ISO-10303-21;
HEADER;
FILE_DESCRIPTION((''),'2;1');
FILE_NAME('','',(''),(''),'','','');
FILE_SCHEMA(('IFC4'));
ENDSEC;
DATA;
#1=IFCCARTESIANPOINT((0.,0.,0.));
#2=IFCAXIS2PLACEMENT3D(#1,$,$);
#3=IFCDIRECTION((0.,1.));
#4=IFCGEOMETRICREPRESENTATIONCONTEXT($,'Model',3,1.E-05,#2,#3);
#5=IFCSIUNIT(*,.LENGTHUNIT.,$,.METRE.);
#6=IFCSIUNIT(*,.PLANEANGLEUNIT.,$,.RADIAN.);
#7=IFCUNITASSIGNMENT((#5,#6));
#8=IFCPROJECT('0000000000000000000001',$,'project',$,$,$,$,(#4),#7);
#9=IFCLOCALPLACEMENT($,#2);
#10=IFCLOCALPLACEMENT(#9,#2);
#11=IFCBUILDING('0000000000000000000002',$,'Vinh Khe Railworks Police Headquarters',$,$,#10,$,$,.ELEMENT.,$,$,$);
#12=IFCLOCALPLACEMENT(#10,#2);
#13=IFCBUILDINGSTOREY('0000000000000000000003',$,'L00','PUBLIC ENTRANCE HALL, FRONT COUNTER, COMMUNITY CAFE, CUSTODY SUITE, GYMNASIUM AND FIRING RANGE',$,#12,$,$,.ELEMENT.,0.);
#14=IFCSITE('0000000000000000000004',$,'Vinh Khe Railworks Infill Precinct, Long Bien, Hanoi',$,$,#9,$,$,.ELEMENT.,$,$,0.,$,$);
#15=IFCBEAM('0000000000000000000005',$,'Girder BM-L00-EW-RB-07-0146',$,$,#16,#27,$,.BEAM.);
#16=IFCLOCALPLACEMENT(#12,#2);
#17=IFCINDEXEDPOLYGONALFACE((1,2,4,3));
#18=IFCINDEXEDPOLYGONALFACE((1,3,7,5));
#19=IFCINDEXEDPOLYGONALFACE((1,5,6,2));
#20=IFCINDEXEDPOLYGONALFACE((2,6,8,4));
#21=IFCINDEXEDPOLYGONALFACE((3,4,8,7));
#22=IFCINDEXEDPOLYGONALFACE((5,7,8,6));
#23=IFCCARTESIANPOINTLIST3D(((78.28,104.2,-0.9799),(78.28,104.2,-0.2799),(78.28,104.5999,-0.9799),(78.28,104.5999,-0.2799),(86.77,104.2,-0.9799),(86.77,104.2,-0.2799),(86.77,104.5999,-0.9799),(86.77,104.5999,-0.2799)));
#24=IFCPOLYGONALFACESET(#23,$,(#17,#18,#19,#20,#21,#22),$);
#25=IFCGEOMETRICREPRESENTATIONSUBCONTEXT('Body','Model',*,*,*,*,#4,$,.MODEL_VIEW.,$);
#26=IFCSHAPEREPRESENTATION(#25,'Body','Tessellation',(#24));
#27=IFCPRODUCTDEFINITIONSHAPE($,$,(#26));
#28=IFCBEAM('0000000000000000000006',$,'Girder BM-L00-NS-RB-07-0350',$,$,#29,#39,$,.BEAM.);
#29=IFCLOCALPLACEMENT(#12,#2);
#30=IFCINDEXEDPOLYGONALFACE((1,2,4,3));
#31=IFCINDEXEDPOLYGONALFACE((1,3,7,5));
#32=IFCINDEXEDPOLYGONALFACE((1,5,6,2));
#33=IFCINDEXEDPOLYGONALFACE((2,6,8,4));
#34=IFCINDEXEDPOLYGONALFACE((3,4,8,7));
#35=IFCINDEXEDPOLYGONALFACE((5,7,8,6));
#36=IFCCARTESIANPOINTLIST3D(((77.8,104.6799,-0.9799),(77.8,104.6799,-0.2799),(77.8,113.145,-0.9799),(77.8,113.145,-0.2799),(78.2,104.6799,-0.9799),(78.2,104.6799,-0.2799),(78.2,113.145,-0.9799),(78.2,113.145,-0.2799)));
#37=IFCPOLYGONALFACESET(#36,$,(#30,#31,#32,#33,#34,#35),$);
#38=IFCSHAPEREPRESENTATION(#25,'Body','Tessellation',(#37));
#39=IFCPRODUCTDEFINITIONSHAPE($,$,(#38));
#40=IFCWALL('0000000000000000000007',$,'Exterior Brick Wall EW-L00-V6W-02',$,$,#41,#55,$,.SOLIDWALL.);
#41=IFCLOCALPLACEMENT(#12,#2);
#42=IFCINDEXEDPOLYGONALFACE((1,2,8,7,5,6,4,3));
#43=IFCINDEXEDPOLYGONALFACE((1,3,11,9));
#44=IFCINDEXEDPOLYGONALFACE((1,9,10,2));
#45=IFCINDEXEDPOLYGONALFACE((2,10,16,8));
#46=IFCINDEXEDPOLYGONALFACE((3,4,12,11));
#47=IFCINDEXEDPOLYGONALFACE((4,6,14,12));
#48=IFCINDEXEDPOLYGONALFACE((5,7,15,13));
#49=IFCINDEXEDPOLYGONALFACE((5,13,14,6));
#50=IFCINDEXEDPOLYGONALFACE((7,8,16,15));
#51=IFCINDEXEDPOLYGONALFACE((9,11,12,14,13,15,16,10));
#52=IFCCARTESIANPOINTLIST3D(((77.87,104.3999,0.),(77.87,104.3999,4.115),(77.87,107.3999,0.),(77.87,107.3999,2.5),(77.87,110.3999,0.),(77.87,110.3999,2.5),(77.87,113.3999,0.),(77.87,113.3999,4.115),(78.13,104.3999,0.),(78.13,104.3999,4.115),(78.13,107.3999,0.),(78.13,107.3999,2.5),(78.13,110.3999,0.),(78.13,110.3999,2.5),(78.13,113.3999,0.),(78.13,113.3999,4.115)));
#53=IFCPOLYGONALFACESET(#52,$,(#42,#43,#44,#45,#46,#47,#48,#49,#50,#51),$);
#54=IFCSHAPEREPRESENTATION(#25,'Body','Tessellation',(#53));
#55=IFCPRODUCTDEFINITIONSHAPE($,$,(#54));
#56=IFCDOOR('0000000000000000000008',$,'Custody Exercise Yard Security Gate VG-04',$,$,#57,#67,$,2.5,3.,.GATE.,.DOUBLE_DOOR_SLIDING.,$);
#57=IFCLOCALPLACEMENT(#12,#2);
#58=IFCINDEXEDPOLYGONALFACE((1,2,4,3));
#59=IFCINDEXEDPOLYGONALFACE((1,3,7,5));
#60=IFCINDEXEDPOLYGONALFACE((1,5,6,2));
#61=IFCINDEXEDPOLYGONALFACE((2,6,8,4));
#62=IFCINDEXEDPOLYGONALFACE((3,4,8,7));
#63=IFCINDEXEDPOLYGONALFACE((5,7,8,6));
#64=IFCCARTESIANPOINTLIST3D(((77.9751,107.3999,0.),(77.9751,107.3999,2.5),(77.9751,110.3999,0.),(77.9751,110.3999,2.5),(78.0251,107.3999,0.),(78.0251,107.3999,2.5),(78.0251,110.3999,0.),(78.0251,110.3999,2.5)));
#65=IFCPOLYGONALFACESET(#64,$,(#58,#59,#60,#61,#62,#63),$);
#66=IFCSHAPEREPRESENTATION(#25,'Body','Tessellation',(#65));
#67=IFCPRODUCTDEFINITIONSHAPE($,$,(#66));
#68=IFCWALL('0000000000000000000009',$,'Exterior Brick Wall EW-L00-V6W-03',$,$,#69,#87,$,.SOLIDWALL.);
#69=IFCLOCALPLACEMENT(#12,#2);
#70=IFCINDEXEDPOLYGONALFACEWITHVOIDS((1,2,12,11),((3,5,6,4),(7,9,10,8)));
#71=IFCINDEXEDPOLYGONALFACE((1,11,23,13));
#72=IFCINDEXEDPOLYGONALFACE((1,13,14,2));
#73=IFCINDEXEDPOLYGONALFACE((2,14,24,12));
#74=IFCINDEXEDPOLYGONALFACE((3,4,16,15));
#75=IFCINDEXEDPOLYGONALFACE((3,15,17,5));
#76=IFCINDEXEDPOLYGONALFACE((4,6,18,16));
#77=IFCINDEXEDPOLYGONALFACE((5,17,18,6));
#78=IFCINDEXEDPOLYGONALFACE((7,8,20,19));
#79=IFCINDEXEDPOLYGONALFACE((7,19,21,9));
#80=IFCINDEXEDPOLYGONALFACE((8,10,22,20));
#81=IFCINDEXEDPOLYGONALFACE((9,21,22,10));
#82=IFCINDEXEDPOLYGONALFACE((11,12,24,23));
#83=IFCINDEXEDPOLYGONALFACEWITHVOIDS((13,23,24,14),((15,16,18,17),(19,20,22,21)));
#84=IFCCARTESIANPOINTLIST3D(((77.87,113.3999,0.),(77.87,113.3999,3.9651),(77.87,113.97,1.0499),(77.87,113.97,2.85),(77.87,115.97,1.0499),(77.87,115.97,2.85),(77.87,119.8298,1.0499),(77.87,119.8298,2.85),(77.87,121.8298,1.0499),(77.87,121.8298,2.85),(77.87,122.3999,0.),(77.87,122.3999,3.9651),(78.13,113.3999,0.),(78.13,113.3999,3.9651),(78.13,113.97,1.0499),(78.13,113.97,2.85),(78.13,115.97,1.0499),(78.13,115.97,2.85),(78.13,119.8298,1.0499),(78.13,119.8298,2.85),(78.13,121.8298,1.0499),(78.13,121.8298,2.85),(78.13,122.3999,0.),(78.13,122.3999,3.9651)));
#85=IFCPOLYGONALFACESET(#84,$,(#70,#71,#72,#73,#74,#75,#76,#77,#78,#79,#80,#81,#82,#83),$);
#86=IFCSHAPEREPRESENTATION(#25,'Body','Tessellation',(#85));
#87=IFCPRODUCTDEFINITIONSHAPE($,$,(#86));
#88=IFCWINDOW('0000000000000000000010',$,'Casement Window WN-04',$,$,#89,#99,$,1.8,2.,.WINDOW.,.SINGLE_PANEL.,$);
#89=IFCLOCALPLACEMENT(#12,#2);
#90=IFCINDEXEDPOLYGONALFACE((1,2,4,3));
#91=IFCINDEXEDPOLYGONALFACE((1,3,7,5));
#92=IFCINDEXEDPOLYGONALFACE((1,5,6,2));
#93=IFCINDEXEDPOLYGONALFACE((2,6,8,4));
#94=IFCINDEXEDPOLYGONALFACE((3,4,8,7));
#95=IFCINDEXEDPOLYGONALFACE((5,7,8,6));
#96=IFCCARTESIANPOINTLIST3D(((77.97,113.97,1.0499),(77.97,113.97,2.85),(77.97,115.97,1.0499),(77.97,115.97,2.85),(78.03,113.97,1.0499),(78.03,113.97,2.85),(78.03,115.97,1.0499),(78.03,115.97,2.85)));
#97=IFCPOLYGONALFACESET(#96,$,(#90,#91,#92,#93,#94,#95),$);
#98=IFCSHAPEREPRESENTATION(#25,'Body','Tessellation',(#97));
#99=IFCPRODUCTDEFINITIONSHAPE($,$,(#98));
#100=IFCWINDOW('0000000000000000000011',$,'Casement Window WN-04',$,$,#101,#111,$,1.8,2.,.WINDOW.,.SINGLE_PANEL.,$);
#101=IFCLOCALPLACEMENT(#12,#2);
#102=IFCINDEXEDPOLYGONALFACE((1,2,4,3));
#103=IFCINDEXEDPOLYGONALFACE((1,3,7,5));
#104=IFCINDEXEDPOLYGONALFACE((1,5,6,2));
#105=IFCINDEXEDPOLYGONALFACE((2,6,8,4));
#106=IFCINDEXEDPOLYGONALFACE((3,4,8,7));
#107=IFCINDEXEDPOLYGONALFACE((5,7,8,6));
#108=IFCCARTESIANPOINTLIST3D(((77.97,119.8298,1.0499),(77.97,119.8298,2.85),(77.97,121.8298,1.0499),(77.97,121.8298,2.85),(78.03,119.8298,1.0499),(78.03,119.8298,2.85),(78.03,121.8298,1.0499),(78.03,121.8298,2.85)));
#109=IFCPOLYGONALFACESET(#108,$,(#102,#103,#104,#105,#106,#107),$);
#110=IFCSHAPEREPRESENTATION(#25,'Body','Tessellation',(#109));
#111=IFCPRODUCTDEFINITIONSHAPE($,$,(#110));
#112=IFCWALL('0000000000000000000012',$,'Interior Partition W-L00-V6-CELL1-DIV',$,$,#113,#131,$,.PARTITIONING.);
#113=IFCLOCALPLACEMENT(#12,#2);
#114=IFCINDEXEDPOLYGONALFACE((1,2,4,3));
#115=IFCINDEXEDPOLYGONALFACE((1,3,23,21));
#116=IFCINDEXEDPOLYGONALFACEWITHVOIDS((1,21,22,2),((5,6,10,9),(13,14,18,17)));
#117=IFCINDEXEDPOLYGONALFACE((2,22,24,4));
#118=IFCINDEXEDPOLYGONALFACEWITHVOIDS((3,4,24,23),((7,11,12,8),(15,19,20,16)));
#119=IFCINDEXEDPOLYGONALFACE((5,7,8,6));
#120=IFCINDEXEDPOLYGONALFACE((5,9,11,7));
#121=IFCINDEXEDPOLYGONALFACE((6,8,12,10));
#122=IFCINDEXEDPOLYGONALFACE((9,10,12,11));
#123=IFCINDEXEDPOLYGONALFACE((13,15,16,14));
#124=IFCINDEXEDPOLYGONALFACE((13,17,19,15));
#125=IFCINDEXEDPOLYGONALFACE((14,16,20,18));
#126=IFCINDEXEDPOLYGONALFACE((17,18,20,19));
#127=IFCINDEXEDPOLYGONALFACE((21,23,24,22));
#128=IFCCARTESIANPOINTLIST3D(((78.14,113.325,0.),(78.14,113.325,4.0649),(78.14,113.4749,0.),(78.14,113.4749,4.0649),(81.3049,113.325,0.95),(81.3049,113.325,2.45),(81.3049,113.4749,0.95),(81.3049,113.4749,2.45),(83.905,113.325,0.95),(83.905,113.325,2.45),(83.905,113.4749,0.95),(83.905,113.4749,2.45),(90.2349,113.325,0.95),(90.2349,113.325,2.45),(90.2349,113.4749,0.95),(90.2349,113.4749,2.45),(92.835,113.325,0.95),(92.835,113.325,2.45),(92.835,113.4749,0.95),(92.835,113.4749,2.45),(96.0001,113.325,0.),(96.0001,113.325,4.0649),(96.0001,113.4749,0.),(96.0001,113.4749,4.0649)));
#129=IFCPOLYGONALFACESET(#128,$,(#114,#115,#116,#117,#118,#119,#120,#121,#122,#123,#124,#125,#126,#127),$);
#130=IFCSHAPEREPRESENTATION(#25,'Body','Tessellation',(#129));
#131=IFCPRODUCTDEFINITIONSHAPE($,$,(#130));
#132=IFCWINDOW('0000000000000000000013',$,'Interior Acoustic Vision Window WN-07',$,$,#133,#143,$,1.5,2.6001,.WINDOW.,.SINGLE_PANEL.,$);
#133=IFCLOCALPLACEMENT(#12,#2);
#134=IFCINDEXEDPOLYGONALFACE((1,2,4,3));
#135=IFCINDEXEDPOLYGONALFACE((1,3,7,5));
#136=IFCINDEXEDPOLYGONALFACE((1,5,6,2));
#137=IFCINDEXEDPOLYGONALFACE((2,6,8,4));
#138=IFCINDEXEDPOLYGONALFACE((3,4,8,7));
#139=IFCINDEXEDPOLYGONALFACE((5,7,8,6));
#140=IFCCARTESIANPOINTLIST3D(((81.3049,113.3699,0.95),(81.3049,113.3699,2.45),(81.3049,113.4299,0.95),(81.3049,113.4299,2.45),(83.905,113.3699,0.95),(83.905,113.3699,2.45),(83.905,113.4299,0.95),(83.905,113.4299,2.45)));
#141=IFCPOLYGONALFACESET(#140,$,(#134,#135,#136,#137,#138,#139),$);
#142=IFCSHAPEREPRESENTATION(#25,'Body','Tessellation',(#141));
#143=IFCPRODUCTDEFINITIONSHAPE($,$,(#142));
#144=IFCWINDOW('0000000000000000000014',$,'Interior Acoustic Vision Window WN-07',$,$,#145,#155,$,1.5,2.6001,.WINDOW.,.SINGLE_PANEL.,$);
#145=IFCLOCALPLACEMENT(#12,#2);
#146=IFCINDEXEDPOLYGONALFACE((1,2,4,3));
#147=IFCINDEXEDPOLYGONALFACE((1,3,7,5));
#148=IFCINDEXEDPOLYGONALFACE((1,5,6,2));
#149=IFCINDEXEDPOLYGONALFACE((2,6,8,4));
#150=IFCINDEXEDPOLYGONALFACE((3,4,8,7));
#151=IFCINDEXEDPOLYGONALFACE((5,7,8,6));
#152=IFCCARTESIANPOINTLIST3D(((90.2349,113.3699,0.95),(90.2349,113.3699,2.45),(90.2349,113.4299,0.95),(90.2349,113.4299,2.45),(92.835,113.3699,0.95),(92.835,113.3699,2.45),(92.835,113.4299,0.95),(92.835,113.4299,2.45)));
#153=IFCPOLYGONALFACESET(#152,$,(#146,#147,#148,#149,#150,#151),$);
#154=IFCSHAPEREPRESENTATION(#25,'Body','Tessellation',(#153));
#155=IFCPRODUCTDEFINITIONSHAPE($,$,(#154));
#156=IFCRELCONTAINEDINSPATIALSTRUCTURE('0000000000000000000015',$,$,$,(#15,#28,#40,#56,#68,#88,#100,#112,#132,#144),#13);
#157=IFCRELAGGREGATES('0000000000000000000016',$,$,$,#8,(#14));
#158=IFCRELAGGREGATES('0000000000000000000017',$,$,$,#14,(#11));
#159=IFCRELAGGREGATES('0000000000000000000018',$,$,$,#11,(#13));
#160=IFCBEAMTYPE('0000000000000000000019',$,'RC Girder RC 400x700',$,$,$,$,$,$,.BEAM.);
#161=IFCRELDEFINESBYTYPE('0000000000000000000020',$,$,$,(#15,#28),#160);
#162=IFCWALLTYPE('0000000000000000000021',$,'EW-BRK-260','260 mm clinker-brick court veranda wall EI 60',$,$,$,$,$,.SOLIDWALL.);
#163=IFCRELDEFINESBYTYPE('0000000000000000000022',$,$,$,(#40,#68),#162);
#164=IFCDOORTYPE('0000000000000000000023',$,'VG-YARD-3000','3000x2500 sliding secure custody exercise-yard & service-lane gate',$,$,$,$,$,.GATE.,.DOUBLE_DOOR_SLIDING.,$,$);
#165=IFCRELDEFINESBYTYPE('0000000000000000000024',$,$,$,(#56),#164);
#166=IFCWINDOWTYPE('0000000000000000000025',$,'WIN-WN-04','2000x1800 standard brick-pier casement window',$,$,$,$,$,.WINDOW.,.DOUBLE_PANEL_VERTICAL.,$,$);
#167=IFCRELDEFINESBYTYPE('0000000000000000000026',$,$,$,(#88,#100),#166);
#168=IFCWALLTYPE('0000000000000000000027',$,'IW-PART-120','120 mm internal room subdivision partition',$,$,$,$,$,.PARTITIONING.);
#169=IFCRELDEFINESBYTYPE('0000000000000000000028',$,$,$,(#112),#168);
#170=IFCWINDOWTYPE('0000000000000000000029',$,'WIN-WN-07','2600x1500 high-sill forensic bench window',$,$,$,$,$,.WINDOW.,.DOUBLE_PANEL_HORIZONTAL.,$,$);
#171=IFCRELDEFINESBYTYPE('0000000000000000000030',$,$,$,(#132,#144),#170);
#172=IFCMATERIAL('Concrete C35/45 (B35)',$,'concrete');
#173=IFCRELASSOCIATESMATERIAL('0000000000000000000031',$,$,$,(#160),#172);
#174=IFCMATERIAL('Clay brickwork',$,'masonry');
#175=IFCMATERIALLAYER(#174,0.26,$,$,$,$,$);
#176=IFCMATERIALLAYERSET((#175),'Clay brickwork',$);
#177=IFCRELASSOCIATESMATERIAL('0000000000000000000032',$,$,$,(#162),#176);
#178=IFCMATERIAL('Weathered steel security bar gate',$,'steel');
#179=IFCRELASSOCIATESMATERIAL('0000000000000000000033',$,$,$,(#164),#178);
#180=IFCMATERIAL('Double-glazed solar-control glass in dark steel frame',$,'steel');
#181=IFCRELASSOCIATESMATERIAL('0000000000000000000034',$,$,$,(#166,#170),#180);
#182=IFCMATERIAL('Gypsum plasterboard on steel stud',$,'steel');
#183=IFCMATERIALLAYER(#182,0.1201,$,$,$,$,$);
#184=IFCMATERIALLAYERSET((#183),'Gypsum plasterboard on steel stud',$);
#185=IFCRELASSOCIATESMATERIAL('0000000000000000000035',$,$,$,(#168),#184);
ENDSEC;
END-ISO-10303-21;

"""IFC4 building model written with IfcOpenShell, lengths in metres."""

from ifc_helpers import new_model, si_unit, direction, frame, frame_2d, origin, origin_2d, place, context, subcontext, project, spatial, rectangle, extrude, material, layer, layer_set, material_profile, profile_set, type_object, element, fill, save


model = new_model("IFC4")

# Units and contexts
model_context = context("Model", 3, precision=1e-05, world=origin(), true_north=direction((0.0, 1.0)))
body_context = subcontext(model_context, "Body", "Model", "MODEL_VIEW")
ifc_project = project(units=[si_unit("LENGTHUNIT", "METRE"), si_unit("PLANEANGLEUNIT", "RADIAN")], contexts=[model_context])

# Site, building, storey
site_placement = place(None, origin())
site = spatial("IfcSite", under=ifc_project, at=site_placement, Name="Vinh Khe Railworks Infill Precinct, Long Bien, Hanoi", CompositionType="ELEMENT", RefElevation=0.0)
building_placement = place(site_placement, origin())
building = spatial("IfcBuilding", under=site, at=building_placement, Name="Vinh Khe Railworks Police Headquarters", CompositionType="ELEMENT")
storey_placement = place(building_placement, origin())
storey = spatial("IfcBuildingStorey", under=building, at=storey_placement, Name="L00", Description="PUBLIC ENTRANCE HALL, FRONT COUNTER, COMMUNITY CAFE, CUSTODY SUITE, GYMNASIUM AND FIRING RANGE", CompositionType="ELEMENT", Elevation=0.0)

# Shared definitions
ifc_material_1 = material(Name="Concrete C35/45 (B35)", Category="concrete")

# Beams
ifc_material_profile_1 = material_profile(ifc_material_1, rectangle(XDim=0.3999, YDim=0.7, at=origin_2d()), Name="RC 400x700")
ifc_profile_set_1 = profile_set([ifc_material_profile_1], Name="Concrete C35/45 (B35)")
beam_type_1 = type_object("IfcBeamType", Name="RC Girder RC 400x700", PredefinedType="BEAM", material=ifc_profile_set_1)
beam_1_placement = place(storey_placement, frame((78.28, 104.3999, -0.6299), z_axis=(1.0, 0.0, 0.0), x_axis=(0.0, 1.0, 0.0)))
element("IfcBeam", 1, at=beam_1_placement, inside=storey, type_object=beam_type_1, Name="Girder BM-L00-EW-RB-07-0146", PredefinedType="BEAM", context=body_context, shape_type="SweptSolid", body=[
    extrude(rectangle(XDim=0.3999, YDim=0.7, at=origin_2d()), origin(), (0.0, 0.0, 1.0), 8.49),
])
beam_2_placement = place(storey_placement, frame((78.0, 104.6799, -0.6299), z_axis=(0.0, 1.0, 0.0), x_axis=(-1.0, 0.0, 0.0)))
element("IfcBeam", 2, at=beam_2_placement, inside=storey, type_object=beam_type_1, Name="Girder BM-L00-NS-RB-07-0350", PredefinedType="BEAM", context=body_context, shape_type="SweptSolid", body=[
    extrude(rectangle(XDim=0.3999, YDim=0.7, at=origin_2d()), origin(), (0.0, 0.0, 1.0), 8.4651),
])

# Wall, opening, door
ifc_material_2 = material(Name="Clay brickwork", Category="masonry")
ifc_layer_1 = layer(ifc_material_2, 0.26)
ifc_layer_set_1 = layer_set([ifc_layer_1], Name="Clay brickwork")
wall_type_1 = type_object("IfcWallType", Name="EW-BRK-260", Description="260 mm clinker-brick court veranda wall EI 60", PredefinedType="SOLIDWALL", material=ifc_layer_set_1)
wall_1_placement = place(storey_placement, frame((78.0, 104.3999, 0.0), z_axis=(0.0, 0.0, 1.0), x_axis=(0.0, 1.0, 0.0)))
wall_1 = element("IfcWall", 3, at=wall_1_placement, inside=storey, type_object=wall_type_1, Name="Exterior Brick Wall EW-L00-V6W-02", PredefinedType="SOLIDWALL", context=body_context, shape_type="SweptSolid", body=[
    extrude(rectangle(XDim=9.0, YDim=0.26, at=frame_2d((4.5, 0.0))), origin(), (0.0, 0.0, 1.0), 4.115),
])
opening_1_placement = place(wall_1_placement, frame((3.0, 0.0, 0.0)))
opening_1 = element("IfcOpeningElement", 4, at=opening_1_placement, cuts=wall_1, PredefinedType="OPENING", context=body_context, shape_type="SweptSolid", body=[
    extrude(rectangle(XDim=3.0, YDim=2.5, at=frame_2d((1.5, 1.25))), frame((0.0, 0.145, 0.0), z_axis=(0.0, -1.0, 0.0), x_axis=(1.0, 0.0, 0.0)), (0.0, 0.0, 1.0), 0.2898),
])
ifc_material_3 = material(Name="Weathered steel security bar gate", Category="steel")
door_type = type_object("IfcDoorType", Name="VG-YARD-3000", Description="3000x2500 sliding secure custody exercise-yard & service-lane gate", OperationType="DOUBLE_DOOR_SLIDING", PredefinedType="GATE", material=ifc_material_3)
door_placement = place(opening_1_placement, origin())
door = element("IfcDoor", 5, at=door_placement, inside=storey, type_object=door_type, Name="Custody Exercise Yard Security Gate VG-04", OperationType="DOUBLE_DOOR_SLIDING", OverallHeight=2.5, OverallWidth=3.0, PredefinedType="GATE", context=body_context, shape_type="SweptSolid", body=[
    extrude(rectangle(XDim=3.0, YDim=2.5, at=frame_2d((1.5, 1.25))), frame((0.0, 0.0249, 0.0), z_axis=(0.0, -1.0, 0.0), x_axis=(1.0, 0.0, 0.0)), (0.0, 0.0, 1.0), 0.05),
])
fill(opening_1, door)

# Walls, openings, windows
wall_2_placement = place(storey_placement, frame((78.0, 113.3999, 0.0), z_axis=(0.0, 0.0, 1.0), x_axis=(0.0, 1.0, 0.0)))
wall_2 = element("IfcWall", 6, at=wall_2_placement, inside=storey, type_object=wall_type_1, Name="Exterior Brick Wall EW-L00-V6W-03", PredefinedType="SOLIDWALL", context=body_context, shape_type="SweptSolid", body=[
    extrude(rectangle(XDim=9.0, YDim=0.26, at=frame_2d((4.5, 0.0))), origin(), (0.0, 0.0, 1.0), 3.9651),
])
opening_2_placement = place(wall_2_placement, frame((0.5701, 0.0, 1.05)))
opening_2 = element("IfcOpeningElement", 7, at=opening_2_placement, cuts=wall_2, PredefinedType="OPENING", context=body_context, shape_type="SweptSolid", body=[
    extrude(rectangle(XDim=2.0, YDim=1.8, at=frame_2d((1.0, 0.8999))), frame((0.0, 0.145, 0.0), z_axis=(0.0, -1.0, 0.0), x_axis=(1.0, 0.0, 0.0)), (0.0, 0.0, 1.0), 0.2898),
])
opening_3_placement = place(wall_2_placement, frame((6.4299, 0.0, 1.05)))
opening_3 = element("IfcOpeningElement", 8, at=opening_3_placement, cuts=wall_2, PredefinedType="OPENING", context=body_context, shape_type="SweptSolid", body=[
    extrude(rectangle(XDim=2.0, YDim=1.8, at=frame_2d((1.0, 0.8999))), frame((0.0, 0.145, 0.0), z_axis=(0.0, -1.0, 0.0), x_axis=(1.0, 0.0, 0.0)), (0.0, 0.0, 1.0), 0.2898),
])
ifc_material_4 = material(Name="Double-glazed solar-control glass in dark steel frame", Category="steel")
window_type_1 = type_object("IfcWindowType", Name="WIN-WN-04", Description="2000x1800 standard brick-pier casement window", PartitioningType="DOUBLE_PANEL_VERTICAL", PredefinedType="WINDOW", material=ifc_material_4)
window_1_placement = place(opening_2_placement, origin())
window_1 = element("IfcWindow", 9, at=window_1_placement, inside=storey, type_object=window_type_1, Name="Casement Window WN-04", OverallHeight=1.8, OverallWidth=2.0, PartitioningType="SINGLE_PANEL", PredefinedType="WINDOW", context=body_context, shape_type="SweptSolid", body=[
    extrude(rectangle(XDim=2.0, YDim=1.8, at=frame_2d((1.0, 0.8999))), frame((0.0, 0.03, 0.0), z_axis=(0.0, -1.0, 0.0), x_axis=(1.0, 0.0, 0.0)), (0.0, 0.0, 1.0), 0.0601),
])
fill(opening_2, window_1)
window_2_placement = place(opening_3_placement, origin())
window_2 = element("IfcWindow", 10, at=window_2_placement, inside=storey, type_object=window_type_1, Name="Casement Window WN-04", OverallHeight=1.8, OverallWidth=2.0, PartitioningType="SINGLE_PANEL", PredefinedType="WINDOW", context=body_context, shape_type="SweptSolid", body=[
    extrude(rectangle(XDim=2.0, YDim=1.8, at=frame_2d((1.0, 0.8999))), frame((0.0, 0.03, 0.0), z_axis=(0.0, -1.0, 0.0), x_axis=(1.0, 0.0, 0.0)), (0.0, 0.0, 1.0), 0.0601),
])
fill(opening_3, window_2)
ifc_material_5 = material(Name="Gypsum plasterboard on steel stud", Category="steel")
ifc_layer_2 = layer(ifc_material_5, 0.1201)
ifc_layer_set_2 = layer_set([ifc_layer_2], Name="Gypsum plasterboard on steel stud")
wall_type_2 = type_object("IfcWallType", Name="IW-PART-120", Description="120 mm internal room subdivision partition", PredefinedType="PARTITIONING", material=ifc_layer_set_2)
wall_3_placement = place(storey_placement, frame((78.1399, 113.3999, 0.0), z_axis=(0.0, 0.0, 1.0), x_axis=(1.0, 0.0, 0.0)))
wall_3 = element("IfcWall", 11, at=wall_3_placement, inside=storey, type_object=wall_type_2, Name="Interior Partition W-L00-V6-CELL1-DIV", PredefinedType="PARTITIONING", context=body_context, shape_type="SweptSolid", body=[
    extrude(rectangle(XDim=17.8601, YDim=0.1499, at=frame_2d((8.9302, 0.0))), origin(), (0.0, 0.0, 1.0), 4.0649),
])
opening_4_placement = place(wall_3_placement, frame((3.165, 0.0, 0.95)))
opening_4 = element("IfcOpeningElement", 12, at=opening_4_placement, cuts=wall_3, PredefinedType="OPENING", context=body_context, shape_type="SweptSolid", body=[
    extrude(rectangle(XDim=2.6001, YDim=1.5, at=frame_2d((1.3, 0.75))), frame((0.0, 0.0898, 0.0), z_axis=(0.0, -1.0, 0.0), x_axis=(1.0, 0.0, 0.0)), (0.0, 0.0, 1.0), 0.1797),
])
opening_5_placement = place(wall_3_placement, frame((12.095, 0.0, 0.95)))
opening_5 = element("IfcOpeningElement", 13, at=opening_5_placement, cuts=wall_3, PredefinedType="OPENING", context=body_context, shape_type="SweptSolid", body=[
    extrude(rectangle(XDim=2.6001, YDim=1.5, at=frame_2d((1.3, 0.75))), frame((0.0, 0.0898, 0.0), z_axis=(0.0, -1.0, 0.0), x_axis=(1.0, 0.0, 0.0)), (0.0, 0.0, 1.0), 0.1797),
])
window_type_2 = type_object("IfcWindowType", Name="WIN-WN-07", Description="2600x1500 high-sill forensic bench window", PartitioningType="DOUBLE_PANEL_HORIZONTAL", PredefinedType="WINDOW", material=ifc_material_4)
window_3_placement = place(opening_4_placement, origin())
window_3 = element("IfcWindow", 14, at=window_3_placement, inside=storey, type_object=window_type_2, Name="Interior Acoustic Vision Window WN-07", OverallHeight=1.5, OverallWidth=2.6001, PartitioningType="SINGLE_PANEL", PredefinedType="WINDOW", context=body_context, shape_type="SweptSolid", body=[
    extrude(rectangle(XDim=2.6001, YDim=1.5, at=frame_2d((1.3, 0.75))), frame((0.0, 0.03, 0.0), z_axis=(0.0, -1.0, 0.0), x_axis=(1.0, 0.0, 0.0)), (0.0, 0.0, 1.0), 0.0601),
])
fill(opening_4, window_3)
window_4_placement = place(opening_5_placement, origin())
window_4 = element("IfcWindow", 15, at=window_4_placement, inside=storey, type_object=window_type_2, Name="Interior Acoustic Vision Window WN-07", OverallHeight=1.5, OverallWidth=2.6001, PartitioningType="SINGLE_PANEL", PredefinedType="WINDOW", context=body_context, shape_type="SweptSolid", body=[
    extrude(rectangle(XDim=2.6001, YDim=1.5, at=frame_2d((1.3, 0.75))), frame((0.0, 0.03, 0.0), z_axis=(0.0, -1.0, 0.0), x_axis=(1.0, 0.0, 0.0)), (0.0, 0.0, 1.0), 0.0601),
])
fill(opening_5, window_4)

save(model, "model.ifc")
